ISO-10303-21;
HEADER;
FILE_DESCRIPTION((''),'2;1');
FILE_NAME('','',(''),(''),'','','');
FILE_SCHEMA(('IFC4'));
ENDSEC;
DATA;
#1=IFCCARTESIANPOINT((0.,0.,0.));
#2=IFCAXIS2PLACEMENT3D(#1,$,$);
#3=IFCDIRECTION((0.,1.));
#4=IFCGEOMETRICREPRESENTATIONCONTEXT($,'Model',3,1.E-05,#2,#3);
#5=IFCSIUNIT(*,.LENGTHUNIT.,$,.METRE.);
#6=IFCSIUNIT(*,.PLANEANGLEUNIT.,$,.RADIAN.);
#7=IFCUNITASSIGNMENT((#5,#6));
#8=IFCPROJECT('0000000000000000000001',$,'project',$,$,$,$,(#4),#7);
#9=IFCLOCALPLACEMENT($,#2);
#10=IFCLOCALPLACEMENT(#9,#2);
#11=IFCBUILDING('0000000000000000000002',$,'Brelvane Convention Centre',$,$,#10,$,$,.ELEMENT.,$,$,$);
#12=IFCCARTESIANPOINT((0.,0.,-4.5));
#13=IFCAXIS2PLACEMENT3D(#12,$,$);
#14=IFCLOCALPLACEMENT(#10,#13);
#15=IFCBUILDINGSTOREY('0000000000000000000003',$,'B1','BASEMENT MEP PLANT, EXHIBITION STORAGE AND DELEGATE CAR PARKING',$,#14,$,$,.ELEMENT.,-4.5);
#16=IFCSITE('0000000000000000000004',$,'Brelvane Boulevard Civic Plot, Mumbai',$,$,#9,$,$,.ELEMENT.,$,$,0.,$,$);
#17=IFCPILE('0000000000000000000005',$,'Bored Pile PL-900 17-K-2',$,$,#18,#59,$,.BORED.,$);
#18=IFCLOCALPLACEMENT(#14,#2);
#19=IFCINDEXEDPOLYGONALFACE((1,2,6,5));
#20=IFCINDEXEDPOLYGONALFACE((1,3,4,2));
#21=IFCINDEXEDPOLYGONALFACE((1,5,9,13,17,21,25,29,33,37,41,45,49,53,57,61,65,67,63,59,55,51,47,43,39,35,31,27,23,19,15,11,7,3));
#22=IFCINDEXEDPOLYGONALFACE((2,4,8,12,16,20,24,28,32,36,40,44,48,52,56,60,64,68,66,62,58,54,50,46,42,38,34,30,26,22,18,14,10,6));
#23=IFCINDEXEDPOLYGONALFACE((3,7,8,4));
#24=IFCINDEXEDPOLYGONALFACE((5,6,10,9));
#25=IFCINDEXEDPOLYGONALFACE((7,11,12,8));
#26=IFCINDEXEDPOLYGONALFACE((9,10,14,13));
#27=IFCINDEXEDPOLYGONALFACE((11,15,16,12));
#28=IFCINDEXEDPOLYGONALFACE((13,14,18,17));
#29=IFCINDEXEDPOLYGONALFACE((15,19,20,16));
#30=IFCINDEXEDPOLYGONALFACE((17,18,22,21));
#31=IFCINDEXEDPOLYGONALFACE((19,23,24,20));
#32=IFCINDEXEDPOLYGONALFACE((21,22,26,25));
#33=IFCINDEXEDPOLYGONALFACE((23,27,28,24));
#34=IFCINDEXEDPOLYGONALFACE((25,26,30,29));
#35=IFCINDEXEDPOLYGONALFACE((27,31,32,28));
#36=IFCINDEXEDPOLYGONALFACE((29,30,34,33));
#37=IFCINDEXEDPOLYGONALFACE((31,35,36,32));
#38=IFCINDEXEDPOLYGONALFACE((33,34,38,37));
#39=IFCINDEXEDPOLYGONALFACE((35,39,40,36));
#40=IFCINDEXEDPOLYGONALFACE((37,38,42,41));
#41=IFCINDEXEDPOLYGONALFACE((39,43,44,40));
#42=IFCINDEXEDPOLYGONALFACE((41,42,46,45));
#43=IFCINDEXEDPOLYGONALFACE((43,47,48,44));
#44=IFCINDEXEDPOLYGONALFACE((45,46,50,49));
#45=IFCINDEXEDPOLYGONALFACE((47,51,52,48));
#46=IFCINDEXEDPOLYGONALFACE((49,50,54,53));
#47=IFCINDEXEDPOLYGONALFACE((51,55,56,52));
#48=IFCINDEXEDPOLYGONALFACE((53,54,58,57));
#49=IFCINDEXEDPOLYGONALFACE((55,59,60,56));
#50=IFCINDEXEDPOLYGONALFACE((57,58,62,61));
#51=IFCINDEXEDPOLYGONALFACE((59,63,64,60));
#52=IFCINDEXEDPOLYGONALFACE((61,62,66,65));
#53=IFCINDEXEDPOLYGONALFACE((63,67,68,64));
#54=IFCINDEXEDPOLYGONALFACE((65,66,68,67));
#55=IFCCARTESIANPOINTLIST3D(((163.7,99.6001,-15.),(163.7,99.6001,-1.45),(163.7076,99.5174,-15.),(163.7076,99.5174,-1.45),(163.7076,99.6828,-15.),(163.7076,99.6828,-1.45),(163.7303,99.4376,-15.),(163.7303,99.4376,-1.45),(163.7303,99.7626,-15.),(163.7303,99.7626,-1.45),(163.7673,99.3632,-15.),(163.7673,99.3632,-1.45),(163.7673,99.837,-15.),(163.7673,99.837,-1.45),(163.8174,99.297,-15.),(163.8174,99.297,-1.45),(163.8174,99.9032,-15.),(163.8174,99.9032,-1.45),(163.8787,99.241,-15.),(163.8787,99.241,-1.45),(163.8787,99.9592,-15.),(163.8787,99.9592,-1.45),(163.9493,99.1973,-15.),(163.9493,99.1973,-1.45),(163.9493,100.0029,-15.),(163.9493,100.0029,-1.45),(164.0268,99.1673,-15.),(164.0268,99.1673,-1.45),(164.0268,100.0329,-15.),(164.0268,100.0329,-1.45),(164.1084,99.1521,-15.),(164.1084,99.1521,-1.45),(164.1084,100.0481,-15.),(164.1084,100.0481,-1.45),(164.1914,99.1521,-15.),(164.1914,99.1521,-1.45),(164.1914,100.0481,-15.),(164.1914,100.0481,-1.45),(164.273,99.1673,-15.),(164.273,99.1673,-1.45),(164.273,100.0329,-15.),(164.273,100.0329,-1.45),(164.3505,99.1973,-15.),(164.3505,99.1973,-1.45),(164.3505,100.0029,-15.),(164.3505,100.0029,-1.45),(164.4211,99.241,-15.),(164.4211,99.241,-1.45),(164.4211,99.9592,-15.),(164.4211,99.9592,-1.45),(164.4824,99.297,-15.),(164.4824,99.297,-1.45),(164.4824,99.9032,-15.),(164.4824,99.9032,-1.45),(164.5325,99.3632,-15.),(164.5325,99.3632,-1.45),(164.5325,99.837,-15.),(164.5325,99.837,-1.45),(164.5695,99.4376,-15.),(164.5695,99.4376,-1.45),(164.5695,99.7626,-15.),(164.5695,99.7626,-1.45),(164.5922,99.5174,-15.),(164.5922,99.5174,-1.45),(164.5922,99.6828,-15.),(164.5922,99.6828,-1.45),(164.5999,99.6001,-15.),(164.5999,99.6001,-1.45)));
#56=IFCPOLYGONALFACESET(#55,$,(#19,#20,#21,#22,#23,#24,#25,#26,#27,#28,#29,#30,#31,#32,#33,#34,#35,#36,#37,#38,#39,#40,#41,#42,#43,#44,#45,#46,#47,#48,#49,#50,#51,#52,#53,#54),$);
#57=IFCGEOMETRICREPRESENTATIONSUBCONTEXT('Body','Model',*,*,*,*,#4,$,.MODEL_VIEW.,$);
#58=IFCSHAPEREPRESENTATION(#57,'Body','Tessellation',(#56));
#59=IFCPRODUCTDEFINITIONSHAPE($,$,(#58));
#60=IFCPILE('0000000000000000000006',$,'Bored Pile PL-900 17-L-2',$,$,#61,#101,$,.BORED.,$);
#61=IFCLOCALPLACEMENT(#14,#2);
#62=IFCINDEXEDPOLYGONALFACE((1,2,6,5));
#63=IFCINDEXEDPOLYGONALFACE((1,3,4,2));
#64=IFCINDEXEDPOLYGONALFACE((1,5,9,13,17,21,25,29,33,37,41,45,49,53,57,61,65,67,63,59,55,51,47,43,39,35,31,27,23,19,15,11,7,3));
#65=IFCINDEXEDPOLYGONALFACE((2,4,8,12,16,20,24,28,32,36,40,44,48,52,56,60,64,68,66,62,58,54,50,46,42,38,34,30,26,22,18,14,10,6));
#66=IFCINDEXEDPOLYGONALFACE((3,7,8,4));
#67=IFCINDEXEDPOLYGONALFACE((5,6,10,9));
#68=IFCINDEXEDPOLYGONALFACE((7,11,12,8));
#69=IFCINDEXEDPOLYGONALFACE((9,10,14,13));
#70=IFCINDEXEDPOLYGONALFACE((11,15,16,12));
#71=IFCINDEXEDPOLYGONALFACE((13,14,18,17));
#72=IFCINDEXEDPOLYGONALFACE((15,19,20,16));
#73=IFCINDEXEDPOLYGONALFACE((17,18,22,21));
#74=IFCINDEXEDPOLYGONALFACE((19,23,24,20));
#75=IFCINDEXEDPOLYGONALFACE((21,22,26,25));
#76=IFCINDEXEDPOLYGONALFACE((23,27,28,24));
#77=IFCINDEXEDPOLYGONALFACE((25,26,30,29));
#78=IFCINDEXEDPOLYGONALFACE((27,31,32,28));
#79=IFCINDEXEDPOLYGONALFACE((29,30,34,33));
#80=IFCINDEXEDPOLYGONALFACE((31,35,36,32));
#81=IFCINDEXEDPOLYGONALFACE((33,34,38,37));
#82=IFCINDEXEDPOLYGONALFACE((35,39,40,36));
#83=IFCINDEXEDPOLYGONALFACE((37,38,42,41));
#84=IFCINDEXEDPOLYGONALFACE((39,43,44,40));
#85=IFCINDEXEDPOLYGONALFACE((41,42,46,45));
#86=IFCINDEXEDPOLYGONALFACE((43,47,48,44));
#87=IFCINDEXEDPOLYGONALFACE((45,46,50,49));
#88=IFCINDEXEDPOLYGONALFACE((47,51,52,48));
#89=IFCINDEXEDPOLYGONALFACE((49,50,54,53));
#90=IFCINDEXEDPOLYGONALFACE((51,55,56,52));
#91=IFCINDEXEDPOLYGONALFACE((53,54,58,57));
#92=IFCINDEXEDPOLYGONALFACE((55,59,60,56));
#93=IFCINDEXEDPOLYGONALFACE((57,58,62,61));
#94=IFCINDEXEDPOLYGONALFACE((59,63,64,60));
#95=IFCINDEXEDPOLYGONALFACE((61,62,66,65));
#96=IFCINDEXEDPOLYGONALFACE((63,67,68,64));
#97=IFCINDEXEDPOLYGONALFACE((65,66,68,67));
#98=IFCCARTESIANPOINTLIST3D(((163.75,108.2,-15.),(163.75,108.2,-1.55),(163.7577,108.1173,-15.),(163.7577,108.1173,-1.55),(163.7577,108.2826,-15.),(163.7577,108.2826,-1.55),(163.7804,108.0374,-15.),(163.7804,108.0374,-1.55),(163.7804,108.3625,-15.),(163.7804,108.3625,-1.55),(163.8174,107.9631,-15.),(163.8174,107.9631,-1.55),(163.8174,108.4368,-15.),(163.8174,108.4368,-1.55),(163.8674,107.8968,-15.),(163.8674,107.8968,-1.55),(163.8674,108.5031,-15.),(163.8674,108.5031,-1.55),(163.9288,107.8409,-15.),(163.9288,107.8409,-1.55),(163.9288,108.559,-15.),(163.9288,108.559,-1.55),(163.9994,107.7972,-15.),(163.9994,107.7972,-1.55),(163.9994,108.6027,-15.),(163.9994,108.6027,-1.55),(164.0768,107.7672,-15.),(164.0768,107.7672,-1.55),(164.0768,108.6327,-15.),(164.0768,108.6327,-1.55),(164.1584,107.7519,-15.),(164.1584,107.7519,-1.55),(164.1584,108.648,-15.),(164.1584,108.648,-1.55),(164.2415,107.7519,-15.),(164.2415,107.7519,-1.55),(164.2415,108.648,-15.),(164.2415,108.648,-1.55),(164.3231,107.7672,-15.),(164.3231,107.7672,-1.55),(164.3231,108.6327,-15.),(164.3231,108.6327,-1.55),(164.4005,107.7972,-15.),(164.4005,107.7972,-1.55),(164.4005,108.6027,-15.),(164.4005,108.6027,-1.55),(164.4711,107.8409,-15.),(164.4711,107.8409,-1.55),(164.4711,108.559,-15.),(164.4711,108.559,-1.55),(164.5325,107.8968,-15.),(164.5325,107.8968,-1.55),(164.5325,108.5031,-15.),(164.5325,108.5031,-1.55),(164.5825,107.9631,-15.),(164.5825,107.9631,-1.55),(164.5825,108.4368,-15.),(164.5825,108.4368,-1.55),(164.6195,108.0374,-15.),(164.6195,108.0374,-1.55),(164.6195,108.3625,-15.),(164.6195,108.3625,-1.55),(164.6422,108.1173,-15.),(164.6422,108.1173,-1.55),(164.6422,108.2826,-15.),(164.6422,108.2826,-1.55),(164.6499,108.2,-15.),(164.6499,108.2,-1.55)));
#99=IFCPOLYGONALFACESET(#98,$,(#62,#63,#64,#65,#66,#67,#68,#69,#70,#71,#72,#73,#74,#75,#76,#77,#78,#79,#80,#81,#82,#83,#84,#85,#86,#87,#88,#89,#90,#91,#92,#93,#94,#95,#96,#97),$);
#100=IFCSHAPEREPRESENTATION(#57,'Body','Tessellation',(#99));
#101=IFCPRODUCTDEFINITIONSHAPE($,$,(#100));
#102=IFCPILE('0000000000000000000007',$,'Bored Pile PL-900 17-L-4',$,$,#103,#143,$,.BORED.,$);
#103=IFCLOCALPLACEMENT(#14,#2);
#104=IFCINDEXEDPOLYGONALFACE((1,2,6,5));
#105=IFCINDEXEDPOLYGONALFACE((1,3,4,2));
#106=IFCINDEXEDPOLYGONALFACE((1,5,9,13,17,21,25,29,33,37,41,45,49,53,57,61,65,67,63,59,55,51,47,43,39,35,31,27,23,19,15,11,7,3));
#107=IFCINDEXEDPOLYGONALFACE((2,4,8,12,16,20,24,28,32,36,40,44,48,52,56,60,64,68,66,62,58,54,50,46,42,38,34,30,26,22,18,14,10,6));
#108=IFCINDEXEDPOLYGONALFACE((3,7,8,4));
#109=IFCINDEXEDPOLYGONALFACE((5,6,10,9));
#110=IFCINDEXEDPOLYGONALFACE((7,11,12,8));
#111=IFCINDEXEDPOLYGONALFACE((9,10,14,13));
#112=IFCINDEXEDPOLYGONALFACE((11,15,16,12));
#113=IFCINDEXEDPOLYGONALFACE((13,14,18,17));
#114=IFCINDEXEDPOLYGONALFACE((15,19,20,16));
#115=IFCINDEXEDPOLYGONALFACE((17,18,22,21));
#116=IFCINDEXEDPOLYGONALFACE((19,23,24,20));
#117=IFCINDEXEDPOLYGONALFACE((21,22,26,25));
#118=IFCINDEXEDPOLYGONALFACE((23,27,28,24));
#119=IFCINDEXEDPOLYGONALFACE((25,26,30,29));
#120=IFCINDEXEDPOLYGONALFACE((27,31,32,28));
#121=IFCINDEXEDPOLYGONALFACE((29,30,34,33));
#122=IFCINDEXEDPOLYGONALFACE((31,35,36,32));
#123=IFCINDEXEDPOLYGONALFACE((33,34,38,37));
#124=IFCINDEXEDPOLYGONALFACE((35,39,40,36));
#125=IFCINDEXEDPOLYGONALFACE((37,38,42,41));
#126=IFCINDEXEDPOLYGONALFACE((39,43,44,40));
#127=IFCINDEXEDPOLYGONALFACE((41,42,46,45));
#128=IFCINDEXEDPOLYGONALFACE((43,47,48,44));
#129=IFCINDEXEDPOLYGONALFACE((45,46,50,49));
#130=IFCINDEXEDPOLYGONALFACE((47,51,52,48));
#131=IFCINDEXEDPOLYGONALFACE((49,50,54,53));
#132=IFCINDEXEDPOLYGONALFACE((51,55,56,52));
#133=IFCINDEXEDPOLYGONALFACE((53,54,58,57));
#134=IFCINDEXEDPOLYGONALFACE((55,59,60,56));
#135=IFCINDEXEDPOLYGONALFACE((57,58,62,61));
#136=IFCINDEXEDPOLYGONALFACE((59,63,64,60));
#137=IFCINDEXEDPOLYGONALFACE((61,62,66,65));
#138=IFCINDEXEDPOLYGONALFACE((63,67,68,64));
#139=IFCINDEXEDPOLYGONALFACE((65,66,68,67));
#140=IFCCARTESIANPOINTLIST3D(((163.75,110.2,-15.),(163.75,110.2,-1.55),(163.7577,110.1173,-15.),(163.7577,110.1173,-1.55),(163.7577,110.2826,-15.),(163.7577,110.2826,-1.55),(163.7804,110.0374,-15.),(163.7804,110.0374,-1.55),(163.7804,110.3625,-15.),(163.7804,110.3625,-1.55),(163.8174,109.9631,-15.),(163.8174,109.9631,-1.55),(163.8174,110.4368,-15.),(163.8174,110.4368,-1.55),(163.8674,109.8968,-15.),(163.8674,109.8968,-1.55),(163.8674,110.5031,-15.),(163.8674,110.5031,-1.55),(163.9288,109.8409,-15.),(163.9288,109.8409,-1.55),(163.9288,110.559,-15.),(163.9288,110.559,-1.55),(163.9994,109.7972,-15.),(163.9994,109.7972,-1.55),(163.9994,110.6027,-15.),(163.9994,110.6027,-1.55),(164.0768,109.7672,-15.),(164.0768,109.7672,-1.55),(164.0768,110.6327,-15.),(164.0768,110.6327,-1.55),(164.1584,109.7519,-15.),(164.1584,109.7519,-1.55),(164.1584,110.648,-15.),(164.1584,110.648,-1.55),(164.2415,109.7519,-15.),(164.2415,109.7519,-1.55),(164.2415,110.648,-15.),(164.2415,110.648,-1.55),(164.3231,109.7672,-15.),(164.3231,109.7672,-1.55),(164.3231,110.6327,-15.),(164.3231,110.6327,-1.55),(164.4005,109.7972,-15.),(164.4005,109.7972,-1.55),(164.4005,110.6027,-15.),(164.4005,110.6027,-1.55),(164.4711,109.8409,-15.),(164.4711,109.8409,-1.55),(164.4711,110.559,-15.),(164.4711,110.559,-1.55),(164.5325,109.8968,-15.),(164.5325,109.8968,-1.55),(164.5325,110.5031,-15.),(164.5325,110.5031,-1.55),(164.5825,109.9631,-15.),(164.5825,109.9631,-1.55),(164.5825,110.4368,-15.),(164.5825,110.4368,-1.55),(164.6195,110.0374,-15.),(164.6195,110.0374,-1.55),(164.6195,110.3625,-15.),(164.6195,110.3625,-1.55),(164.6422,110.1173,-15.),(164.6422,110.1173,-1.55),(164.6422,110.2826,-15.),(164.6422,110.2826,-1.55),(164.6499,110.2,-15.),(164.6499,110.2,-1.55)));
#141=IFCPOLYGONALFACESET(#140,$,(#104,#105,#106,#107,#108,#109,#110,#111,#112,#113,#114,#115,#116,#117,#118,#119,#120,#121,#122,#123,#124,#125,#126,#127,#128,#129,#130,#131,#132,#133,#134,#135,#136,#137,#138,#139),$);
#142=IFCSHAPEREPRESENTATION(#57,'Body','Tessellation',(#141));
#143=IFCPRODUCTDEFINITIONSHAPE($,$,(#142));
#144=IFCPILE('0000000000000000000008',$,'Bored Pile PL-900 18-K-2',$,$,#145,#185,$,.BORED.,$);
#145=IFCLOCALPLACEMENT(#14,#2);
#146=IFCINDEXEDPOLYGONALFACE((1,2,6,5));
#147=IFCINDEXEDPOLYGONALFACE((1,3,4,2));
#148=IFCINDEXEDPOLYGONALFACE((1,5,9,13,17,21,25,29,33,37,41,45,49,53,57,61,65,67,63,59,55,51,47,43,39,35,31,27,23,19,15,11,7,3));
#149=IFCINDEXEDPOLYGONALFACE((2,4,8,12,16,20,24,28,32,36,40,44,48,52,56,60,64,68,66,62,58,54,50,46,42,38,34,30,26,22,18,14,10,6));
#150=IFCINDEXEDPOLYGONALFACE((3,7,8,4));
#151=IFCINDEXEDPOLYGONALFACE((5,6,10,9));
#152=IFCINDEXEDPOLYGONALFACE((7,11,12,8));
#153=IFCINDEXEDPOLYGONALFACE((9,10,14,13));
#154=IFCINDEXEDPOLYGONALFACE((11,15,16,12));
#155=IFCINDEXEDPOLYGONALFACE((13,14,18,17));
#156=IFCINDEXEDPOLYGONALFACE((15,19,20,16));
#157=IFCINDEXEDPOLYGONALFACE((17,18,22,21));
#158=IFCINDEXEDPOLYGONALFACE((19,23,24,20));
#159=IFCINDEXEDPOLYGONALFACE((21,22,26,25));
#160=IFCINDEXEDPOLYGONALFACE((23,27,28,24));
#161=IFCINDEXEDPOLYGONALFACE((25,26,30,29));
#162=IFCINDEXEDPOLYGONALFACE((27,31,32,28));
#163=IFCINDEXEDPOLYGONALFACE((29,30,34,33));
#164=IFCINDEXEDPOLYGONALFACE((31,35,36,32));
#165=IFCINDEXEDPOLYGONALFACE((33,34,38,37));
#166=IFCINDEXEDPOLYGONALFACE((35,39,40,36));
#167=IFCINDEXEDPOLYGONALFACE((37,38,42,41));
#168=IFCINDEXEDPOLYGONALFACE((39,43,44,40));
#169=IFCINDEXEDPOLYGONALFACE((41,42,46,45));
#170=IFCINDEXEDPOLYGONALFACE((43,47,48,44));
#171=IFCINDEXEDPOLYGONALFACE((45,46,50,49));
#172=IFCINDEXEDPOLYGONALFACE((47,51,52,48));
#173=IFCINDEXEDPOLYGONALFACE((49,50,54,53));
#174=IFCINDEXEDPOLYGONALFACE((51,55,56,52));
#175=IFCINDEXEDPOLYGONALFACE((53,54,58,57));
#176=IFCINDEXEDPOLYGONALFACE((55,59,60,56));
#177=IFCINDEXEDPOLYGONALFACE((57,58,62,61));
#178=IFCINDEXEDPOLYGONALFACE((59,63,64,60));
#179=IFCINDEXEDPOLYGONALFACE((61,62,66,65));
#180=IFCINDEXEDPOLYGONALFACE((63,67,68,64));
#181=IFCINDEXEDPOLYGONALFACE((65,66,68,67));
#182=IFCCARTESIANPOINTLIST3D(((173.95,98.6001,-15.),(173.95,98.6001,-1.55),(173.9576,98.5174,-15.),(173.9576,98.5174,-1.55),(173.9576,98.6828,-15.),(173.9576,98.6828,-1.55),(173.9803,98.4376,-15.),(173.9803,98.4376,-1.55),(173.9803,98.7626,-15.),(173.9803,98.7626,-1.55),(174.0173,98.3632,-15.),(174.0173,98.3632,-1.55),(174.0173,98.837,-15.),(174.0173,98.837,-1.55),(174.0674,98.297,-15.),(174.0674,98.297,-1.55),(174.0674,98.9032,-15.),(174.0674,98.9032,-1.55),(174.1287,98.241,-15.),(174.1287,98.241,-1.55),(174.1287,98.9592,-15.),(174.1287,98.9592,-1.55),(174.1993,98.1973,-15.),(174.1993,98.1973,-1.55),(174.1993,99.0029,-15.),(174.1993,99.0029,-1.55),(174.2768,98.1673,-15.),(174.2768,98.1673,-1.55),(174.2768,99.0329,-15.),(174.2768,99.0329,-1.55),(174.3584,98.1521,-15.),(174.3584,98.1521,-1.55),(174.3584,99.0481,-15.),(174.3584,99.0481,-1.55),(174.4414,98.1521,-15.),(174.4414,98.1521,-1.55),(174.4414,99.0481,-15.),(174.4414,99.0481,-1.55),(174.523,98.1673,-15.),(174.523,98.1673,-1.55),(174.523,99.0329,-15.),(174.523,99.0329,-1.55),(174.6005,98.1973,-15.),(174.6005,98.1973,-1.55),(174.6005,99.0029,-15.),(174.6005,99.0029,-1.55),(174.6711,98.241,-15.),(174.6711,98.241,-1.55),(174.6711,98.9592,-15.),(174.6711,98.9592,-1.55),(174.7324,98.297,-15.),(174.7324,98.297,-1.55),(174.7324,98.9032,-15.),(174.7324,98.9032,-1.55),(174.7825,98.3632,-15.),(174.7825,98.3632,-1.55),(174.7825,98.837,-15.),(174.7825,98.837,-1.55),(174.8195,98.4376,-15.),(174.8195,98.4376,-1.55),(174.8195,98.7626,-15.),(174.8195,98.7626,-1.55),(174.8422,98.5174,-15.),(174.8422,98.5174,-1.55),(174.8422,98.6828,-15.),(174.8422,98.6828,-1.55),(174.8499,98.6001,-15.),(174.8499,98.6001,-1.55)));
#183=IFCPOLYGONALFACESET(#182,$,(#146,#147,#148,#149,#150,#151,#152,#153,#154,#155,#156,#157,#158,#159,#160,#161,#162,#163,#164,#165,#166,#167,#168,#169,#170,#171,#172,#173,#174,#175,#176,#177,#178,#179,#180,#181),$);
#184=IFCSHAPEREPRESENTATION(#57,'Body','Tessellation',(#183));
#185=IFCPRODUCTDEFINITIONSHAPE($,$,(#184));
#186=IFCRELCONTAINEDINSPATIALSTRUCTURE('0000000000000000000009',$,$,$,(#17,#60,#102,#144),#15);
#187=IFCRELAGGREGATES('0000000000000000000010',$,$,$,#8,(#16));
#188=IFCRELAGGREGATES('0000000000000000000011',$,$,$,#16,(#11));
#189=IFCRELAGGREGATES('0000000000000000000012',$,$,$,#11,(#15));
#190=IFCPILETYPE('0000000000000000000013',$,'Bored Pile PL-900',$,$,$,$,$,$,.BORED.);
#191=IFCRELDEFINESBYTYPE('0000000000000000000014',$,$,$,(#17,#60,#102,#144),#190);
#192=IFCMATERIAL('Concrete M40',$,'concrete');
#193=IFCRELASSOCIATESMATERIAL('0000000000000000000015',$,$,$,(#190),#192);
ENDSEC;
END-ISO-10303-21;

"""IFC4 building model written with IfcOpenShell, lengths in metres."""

from ifc_helpers import new_model, si_unit, direction, frame, origin, origin_2d, place, context, subcontext, project, spatial, circle, extrude, material, material_profile, profile_set, type_object, element, save


model = new_model("IFC4")

# Units and contexts
model_context = context("Model", 3, precision=1e-05, world=origin(), true_north=direction((0.0, 1.0)))
body_context = subcontext(model_context, "Body", "Model", "MODEL_VIEW")
ifc_project = project(units=[si_unit("LENGTHUNIT", "METRE"), si_unit("PLANEANGLEUNIT", "RADIAN")], contexts=[model_context])

# Site, building, storey
site_placement = place(None, origin())
site = spatial("IfcSite", under=ifc_project, at=site_placement, Name="Brelvane Boulevard Civic Plot, Mumbai", CompositionType="ELEMENT", RefElevation=0.0)
building_placement = place(site_placement, origin())
building = spatial("IfcBuilding", under=site, at=building_placement, Name="Brelvane Convention Centre", CompositionType="ELEMENT")
storey_placement = place(building_placement, frame((0.0, 0.0, -4.5)))
storey = spatial("IfcBuildingStorey", under=building, at=storey_placement, Name="B1", Description="BASEMENT MEP PLANT, EXHIBITION STORAGE AND DELEGATE CAR PARKING", CompositionType="ELEMENT", Elevation=-4.5)

# Piles
ifc_material_1 = material(Name="Concrete M40", Category="concrete")
ifc_material_profile_1 = material_profile(ifc_material_1, circle(Radius=0.45, at=origin_2d()), Name="PILE D900")
ifc_profile_set_1 = profile_set([ifc_material_profile_1], Name="Concrete M40")
pile_type = type_object("IfcPileType", Name="Bored Pile PL-900", PredefinedType="BORED", material=ifc_profile_set_1)
pile_placement = place(storey_placement, frame((164.1499, 99.6001, -1.45), z_axis=(0.0, 0.0, -1.0), x_axis=(1.0, 0.0, 0.0)))
element("IfcPile", 1, at=pile_placement, inside=storey, type_object=pile_type, Name="Bored Pile PL-900 17-K-2", PredefinedType="BORED", context=body_context, shape_type="SweptSolid", body=[
    extrude(circle(Radius=0.45, at=origin_2d()), origin(), (0.0, 0.0, 1.0), 13.55),
])
for number, where, z_axis, x_axis, name in (
    (2, (164.2, 108.2, -1.55), (0.0, 0.0, -1.0), (1.0, 0.0, 0.0), "Bored Pile PL-900 17-L-2"),
    (3, (164.2, 110.2, -1.55), (0.0, 0.0, -1.0), (1.0, 0.0, 0.0), "Bored Pile PL-900 17-L-4"),
    (4, (174.3999, 98.6001, -1.55), (0.0, 0.0, -1.0), (1.0, 0.0, 0.0), "Bored Pile PL-900 18-K-2"),
):
    element("IfcPile", number, at=place(storey_placement, frame(where, z_axis=z_axis, x_axis=x_axis)), inside=storey, type_object=pile_type, Name=name, PredefinedType="BORED", context=body_context, shape_type="SweptSolid", body=[
        extrude(circle(Radius=0.45, at=origin_2d()), origin(), (0.0, 0.0, 1.0), 13.45),
    ])

save(model, "model.ifc")
